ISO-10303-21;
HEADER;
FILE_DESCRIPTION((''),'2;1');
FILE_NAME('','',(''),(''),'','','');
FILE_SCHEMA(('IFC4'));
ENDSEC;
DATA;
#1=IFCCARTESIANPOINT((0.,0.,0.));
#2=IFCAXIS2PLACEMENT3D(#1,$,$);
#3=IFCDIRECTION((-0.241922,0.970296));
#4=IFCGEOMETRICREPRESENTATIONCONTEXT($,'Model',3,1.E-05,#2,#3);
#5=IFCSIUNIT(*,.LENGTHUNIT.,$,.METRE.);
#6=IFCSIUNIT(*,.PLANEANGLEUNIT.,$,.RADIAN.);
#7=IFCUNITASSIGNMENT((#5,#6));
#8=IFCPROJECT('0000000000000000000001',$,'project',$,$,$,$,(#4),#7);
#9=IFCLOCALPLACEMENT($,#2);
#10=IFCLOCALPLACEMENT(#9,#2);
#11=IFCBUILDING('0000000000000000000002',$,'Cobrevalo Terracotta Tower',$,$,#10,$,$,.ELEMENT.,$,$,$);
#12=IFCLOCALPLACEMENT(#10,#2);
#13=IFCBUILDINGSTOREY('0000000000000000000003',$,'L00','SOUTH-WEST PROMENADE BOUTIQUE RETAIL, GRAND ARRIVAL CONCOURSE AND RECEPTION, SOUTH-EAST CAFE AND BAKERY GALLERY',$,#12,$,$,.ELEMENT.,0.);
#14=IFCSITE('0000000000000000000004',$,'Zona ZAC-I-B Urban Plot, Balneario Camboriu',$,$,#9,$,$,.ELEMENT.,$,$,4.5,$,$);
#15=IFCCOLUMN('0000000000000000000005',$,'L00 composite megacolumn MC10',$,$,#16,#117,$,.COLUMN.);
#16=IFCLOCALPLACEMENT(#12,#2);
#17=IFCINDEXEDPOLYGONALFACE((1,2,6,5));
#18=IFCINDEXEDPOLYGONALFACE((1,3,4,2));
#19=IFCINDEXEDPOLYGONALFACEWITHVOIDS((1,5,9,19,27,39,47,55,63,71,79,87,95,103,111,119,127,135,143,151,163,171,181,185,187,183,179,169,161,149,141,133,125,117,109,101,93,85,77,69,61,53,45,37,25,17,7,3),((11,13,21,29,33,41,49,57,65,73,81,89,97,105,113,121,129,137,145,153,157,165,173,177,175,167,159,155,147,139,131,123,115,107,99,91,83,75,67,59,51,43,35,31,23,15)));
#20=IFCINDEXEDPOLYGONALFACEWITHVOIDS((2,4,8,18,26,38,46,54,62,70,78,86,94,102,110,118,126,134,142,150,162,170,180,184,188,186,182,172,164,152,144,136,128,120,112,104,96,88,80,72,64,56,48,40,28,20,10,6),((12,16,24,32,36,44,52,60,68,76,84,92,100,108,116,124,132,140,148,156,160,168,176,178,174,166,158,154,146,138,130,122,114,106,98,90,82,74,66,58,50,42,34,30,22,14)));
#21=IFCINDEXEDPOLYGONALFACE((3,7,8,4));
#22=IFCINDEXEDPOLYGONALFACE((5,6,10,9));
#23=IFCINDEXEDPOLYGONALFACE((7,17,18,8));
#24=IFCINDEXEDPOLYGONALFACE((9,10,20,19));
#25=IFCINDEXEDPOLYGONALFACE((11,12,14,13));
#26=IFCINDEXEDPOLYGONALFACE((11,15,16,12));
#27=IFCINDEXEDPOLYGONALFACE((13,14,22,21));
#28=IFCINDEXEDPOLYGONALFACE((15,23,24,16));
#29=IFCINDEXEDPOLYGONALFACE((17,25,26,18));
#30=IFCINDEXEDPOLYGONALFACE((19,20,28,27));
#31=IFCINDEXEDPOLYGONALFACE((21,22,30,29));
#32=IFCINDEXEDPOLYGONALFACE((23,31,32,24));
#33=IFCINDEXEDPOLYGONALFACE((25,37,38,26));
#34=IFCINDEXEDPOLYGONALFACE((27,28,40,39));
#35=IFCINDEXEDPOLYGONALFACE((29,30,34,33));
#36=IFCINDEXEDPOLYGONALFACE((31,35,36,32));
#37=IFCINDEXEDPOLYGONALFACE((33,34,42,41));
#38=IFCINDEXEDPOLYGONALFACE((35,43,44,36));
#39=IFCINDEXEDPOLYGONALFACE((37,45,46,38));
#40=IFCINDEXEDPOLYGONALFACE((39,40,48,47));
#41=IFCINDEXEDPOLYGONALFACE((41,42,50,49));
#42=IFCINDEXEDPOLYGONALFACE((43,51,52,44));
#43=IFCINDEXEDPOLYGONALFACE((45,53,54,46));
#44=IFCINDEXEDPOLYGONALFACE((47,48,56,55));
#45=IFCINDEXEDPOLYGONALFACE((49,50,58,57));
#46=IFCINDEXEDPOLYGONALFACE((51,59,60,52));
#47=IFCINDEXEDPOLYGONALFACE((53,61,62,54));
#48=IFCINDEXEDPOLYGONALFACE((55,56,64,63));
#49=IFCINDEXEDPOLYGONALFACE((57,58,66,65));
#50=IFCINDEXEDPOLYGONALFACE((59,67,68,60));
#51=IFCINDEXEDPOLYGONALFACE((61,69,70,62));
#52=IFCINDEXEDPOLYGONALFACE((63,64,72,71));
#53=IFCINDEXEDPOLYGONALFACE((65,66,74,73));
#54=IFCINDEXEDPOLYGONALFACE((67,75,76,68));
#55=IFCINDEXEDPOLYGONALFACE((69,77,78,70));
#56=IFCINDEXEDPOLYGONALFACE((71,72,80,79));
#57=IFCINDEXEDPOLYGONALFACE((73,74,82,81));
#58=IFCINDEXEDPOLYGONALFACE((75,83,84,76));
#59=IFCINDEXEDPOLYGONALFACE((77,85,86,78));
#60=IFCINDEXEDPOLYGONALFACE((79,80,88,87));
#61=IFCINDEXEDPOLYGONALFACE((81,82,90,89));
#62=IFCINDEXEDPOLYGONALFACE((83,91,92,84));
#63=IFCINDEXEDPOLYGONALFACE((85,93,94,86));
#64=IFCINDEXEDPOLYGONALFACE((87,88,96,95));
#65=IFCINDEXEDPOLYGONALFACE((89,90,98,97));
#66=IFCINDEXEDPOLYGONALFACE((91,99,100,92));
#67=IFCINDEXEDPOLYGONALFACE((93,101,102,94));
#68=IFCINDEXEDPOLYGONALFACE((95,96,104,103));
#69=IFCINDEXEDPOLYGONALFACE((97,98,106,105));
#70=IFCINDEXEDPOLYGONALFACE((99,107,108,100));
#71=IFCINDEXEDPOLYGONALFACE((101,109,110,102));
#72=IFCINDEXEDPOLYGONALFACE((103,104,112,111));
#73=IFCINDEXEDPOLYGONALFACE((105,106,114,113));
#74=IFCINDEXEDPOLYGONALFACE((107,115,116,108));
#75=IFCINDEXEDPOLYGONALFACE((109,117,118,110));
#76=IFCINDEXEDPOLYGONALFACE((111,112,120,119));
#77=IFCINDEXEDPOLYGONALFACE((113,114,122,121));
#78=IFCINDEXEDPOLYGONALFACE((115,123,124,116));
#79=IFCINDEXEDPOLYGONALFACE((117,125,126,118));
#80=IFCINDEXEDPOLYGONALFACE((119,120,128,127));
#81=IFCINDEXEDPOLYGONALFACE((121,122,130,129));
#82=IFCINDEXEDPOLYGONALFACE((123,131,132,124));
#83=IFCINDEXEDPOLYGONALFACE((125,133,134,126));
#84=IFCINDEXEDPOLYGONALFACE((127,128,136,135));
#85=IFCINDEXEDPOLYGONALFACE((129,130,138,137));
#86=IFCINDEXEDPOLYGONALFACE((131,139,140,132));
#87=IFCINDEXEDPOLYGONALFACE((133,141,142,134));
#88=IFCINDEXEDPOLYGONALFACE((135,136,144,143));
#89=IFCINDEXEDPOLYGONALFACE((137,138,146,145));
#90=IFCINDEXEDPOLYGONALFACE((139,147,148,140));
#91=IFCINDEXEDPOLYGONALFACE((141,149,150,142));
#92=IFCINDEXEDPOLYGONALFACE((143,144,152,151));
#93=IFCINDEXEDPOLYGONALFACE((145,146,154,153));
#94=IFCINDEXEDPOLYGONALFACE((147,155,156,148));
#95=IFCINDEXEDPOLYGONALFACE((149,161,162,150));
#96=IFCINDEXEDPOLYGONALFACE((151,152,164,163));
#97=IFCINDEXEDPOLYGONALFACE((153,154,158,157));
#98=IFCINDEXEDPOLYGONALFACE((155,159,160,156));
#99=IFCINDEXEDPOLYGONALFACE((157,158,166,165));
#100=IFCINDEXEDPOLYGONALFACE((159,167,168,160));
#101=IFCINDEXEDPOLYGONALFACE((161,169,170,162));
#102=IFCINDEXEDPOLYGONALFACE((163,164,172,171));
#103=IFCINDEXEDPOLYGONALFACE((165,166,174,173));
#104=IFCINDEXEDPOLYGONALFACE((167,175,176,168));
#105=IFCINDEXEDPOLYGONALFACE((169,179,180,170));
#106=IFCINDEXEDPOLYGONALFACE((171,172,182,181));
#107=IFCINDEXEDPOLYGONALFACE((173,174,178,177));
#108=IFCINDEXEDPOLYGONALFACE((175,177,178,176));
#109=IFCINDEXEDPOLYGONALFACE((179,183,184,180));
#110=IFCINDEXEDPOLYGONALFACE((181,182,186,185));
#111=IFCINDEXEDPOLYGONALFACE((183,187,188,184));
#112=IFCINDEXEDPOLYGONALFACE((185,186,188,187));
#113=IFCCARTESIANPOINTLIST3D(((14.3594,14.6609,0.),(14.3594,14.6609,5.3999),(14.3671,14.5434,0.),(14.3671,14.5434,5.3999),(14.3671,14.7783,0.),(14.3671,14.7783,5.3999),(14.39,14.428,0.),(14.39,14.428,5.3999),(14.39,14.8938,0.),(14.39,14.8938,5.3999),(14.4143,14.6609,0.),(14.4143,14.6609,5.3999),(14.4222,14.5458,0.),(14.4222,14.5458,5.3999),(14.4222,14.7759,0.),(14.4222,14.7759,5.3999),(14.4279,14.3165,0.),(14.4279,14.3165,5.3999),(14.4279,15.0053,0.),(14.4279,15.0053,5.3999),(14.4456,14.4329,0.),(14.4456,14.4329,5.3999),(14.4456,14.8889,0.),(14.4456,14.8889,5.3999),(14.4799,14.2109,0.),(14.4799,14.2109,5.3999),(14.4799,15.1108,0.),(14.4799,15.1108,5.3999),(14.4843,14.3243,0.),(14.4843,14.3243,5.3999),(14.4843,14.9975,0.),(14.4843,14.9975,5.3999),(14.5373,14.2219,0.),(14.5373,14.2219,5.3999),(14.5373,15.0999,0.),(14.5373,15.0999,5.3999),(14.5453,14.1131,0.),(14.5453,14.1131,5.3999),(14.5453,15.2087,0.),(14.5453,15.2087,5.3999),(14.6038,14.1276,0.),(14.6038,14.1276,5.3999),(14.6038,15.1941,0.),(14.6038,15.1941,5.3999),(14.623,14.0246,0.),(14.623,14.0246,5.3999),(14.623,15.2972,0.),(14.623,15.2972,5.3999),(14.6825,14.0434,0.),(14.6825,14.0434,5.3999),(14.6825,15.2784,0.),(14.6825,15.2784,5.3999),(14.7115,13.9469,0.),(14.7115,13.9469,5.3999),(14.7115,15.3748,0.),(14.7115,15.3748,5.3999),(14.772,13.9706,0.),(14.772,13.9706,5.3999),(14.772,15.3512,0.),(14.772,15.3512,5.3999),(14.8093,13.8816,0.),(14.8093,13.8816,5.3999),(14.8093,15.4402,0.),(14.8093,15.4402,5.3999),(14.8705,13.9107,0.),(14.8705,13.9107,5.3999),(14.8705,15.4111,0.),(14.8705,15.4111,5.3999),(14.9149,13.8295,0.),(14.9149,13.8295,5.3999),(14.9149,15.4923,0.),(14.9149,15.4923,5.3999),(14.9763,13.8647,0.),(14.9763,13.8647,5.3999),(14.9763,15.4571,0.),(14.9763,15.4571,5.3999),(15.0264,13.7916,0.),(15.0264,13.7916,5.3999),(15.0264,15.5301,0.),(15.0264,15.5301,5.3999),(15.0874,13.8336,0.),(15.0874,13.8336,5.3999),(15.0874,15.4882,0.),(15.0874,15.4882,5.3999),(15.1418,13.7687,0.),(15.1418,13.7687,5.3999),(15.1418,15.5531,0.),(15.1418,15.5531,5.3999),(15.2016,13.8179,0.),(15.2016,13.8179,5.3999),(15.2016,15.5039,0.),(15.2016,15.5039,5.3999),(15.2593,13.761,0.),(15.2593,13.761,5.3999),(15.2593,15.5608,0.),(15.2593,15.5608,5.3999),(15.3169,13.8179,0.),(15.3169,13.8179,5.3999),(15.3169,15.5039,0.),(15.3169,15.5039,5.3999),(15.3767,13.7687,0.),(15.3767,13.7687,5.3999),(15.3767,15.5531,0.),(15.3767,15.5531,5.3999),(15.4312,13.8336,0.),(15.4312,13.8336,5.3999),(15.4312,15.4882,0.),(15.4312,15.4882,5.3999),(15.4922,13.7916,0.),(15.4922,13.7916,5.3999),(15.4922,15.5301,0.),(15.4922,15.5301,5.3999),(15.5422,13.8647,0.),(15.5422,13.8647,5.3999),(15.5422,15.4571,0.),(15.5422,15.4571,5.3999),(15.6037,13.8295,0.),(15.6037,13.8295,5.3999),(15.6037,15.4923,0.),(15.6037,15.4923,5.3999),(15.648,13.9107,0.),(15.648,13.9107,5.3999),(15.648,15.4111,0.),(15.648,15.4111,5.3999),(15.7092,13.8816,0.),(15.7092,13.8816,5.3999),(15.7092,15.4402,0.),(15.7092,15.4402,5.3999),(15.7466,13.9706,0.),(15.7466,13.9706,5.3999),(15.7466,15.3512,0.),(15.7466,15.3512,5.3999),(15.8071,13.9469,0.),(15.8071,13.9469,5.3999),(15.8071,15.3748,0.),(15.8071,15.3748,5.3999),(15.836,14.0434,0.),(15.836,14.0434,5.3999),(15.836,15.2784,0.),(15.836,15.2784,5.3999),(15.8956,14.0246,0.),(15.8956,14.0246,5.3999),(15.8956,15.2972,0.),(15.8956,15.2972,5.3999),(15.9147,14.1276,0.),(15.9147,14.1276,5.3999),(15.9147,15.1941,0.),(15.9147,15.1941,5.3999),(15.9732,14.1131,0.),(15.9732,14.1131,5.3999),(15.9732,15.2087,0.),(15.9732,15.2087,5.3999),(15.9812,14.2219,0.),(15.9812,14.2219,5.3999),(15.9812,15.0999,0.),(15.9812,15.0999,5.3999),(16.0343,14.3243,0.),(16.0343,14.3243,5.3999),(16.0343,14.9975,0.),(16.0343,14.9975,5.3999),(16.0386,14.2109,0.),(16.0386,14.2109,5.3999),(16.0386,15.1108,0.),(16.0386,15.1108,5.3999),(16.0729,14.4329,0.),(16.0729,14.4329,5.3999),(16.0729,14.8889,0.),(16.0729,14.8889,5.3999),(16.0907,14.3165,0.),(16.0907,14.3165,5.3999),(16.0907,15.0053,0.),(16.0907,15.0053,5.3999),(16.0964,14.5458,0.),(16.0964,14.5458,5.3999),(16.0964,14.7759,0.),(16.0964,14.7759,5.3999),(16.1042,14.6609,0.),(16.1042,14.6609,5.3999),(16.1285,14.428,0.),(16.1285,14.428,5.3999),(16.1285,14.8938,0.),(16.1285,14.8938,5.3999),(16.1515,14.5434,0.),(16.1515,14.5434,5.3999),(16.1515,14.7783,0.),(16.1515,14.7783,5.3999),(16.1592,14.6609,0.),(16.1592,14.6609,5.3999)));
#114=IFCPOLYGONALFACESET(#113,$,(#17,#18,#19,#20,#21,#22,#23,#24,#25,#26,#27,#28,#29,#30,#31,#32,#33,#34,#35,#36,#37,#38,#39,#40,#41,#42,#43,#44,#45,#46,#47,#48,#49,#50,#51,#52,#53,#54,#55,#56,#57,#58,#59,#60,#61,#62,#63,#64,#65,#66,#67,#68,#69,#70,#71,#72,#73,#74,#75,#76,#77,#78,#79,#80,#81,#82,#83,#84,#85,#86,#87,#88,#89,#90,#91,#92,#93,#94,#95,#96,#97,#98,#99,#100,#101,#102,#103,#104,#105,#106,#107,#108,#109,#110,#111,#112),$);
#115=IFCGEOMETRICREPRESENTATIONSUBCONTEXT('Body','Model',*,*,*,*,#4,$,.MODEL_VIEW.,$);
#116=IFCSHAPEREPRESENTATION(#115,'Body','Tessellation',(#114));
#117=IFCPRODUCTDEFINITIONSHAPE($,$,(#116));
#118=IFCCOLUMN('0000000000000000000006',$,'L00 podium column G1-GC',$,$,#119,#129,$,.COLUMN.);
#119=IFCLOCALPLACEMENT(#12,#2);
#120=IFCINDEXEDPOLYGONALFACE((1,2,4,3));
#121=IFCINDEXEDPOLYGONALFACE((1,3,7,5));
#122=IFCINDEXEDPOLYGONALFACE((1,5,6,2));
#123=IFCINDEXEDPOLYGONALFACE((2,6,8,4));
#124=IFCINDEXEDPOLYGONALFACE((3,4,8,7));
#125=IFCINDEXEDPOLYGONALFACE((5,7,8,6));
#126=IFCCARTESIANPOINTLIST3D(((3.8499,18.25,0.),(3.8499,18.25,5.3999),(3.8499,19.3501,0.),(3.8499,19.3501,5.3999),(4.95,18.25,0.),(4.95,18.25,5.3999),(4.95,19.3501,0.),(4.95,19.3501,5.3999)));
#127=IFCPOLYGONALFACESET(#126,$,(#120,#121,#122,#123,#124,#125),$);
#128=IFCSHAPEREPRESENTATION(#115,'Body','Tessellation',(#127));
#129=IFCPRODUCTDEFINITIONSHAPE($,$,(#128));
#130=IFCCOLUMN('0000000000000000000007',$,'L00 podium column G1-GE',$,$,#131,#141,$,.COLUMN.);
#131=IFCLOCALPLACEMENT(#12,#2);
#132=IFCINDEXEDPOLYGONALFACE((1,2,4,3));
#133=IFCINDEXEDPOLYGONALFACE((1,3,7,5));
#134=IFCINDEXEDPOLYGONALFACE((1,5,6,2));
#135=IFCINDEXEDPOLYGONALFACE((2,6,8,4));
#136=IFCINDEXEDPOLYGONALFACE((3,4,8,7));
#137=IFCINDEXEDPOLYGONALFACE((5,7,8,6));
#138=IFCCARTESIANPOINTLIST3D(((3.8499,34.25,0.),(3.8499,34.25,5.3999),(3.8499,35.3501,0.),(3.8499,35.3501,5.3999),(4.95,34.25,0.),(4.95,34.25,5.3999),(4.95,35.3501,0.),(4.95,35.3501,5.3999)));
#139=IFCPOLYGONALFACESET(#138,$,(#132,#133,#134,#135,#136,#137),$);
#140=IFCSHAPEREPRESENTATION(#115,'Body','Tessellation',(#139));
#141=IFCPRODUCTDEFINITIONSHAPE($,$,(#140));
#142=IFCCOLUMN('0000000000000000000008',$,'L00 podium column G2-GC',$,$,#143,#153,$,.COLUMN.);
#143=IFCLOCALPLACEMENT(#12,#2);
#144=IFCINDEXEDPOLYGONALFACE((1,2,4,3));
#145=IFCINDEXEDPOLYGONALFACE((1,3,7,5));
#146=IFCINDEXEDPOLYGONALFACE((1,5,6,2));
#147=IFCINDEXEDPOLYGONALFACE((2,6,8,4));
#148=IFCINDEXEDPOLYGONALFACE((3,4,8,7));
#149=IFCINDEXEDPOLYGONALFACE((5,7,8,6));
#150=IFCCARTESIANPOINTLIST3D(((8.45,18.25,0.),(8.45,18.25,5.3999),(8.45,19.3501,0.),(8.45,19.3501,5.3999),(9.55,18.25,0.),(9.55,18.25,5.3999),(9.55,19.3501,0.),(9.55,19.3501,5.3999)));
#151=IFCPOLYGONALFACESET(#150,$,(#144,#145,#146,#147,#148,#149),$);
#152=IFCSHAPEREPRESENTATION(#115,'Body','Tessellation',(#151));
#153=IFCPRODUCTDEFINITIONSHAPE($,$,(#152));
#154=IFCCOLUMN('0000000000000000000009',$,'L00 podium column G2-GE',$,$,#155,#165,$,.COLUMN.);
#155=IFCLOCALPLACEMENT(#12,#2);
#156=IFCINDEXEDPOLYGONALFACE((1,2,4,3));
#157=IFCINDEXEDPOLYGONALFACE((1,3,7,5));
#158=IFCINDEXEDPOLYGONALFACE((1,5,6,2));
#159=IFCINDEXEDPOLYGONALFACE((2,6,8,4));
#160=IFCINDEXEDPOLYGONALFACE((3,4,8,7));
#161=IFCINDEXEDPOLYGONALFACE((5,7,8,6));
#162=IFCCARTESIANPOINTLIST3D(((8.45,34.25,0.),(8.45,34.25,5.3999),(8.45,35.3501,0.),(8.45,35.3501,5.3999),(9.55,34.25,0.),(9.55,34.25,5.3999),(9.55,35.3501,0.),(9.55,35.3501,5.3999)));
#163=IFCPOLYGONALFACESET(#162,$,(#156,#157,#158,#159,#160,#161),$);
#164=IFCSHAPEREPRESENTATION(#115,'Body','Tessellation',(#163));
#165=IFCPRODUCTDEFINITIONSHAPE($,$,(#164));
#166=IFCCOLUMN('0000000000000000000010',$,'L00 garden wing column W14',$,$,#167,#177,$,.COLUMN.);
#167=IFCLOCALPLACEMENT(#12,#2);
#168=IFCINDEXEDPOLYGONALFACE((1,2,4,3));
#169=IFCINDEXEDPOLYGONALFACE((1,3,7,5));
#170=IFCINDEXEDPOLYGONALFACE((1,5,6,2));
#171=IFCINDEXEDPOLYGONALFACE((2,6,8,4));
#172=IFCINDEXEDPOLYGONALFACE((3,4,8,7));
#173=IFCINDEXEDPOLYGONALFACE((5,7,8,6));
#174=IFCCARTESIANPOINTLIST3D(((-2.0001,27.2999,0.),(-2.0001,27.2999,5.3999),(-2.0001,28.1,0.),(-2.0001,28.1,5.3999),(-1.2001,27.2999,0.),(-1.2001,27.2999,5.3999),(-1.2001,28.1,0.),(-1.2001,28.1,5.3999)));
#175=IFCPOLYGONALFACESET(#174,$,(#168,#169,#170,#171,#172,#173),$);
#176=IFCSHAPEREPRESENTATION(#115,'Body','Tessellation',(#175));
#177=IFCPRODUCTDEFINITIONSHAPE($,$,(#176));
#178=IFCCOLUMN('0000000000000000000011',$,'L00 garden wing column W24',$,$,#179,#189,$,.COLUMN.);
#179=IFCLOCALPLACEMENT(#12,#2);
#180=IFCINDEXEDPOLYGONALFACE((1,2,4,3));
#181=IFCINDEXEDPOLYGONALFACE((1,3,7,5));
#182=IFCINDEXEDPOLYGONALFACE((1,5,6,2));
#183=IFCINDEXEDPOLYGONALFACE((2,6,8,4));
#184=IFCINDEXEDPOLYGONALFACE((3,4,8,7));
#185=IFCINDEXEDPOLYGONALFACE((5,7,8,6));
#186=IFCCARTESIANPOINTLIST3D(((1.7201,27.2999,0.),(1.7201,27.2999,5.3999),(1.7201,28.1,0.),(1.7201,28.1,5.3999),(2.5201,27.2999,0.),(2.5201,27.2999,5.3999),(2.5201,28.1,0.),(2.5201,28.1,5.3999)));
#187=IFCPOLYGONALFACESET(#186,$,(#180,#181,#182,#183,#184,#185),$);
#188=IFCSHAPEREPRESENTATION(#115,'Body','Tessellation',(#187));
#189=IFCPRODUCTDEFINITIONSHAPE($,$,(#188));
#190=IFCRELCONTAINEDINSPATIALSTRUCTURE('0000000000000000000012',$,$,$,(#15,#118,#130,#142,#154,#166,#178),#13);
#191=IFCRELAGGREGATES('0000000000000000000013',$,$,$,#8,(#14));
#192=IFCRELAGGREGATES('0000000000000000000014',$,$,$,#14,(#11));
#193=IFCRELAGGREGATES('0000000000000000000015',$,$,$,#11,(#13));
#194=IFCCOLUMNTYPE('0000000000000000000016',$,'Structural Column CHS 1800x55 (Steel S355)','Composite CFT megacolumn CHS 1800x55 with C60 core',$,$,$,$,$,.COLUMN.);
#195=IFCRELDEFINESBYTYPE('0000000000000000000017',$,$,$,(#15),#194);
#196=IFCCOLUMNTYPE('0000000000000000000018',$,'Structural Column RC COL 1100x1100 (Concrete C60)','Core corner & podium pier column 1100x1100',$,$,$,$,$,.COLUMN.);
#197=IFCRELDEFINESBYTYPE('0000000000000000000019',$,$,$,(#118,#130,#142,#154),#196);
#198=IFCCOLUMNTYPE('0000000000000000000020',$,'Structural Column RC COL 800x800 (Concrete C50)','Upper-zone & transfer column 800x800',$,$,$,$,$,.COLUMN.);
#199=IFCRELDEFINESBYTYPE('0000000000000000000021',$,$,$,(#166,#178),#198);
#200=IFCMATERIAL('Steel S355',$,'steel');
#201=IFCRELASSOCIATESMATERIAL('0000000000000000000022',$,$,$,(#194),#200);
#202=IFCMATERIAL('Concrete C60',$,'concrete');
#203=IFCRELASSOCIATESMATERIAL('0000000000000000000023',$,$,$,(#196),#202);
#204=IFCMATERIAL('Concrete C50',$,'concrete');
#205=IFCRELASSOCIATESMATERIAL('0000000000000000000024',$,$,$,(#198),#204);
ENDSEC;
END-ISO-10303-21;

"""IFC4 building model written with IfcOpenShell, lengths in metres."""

from ifc_helpers import new_model, si_unit, direction, frame, origin, origin_2d, place, context, subcontext, project, spatial, rectangle, hollow_circle, extrude, material, material_profile, profile_set, type_object, element, save


model = new_model("IFC4")

# Units and contexts
model_context = context("Model", 3, precision=1e-05, world=origin(), true_north=direction((-0.241922, 0.970296)))
body_context = subcontext(model_context, "Body", "Model", "MODEL_VIEW")
ifc_project = project(units=[si_unit("LENGTHUNIT", "METRE"), si_unit("PLANEANGLEUNIT", "RADIAN")], contexts=[model_context])

# Site, building, storey
site_placement = place(None, origin())
site = spatial("IfcSite", under=ifc_project, at=site_placement, Name="Zona ZAC-I-B Urban Plot, Balneario Camboriu", CompositionType="ELEMENT", RefElevation=4.5)
building_placement = place(site_placement, origin())
building = spatial("IfcBuilding", under=site, at=building_placement, Name="Cobrevalo Terracotta Tower", CompositionType="ELEMENT")
storey_placement = place(building_placement, origin())
storey = spatial("IfcBuildingStorey", under=building, at=storey_placement, Name="L00", Description="SOUTH-WEST PROMENADE BOUTIQUE RETAIL, GRAND ARRIVAL CONCOURSE AND RECEPTION, SOUTH-EAST CAFE AND BAKERY GALLERY", CompositionType="ELEMENT", Elevation=0.0)

# Columns
ifc_material_1 = material(Name="Steel S355", Category="steel")
ifc_material_profile_1 = material_profile(ifc_material_1, hollow_circle(Radius=0.8999, WallThickness=0.0549, at=origin_2d()), Name="CHS 1800x55")
ifc_profile_set_1 = profile_set([ifc_material_profile_1], Name="Steel S355")
column_type_1 = type_object("IfcColumnType", Name="Structural Column CHS 1800x55 (Steel S355)", Description="Composite CFT megacolumn CHS 1800x55 with C60 core", PredefinedType="COLUMN", material=ifc_profile_set_1)
for number, where, z_axis, x_axis, name in (
    (1, (15.2593, 14.6609, 0.0), (0.0, 0.0, 1.0), (1.0, 0.0, 0.0), "L00 composite megacolumn MC10"),
):
    element("IfcColumn", number, at=place(storey_placement, frame(where, z_axis=z_axis, x_axis=x_axis)), inside=storey, type_object=column_type_1, Name=name, PredefinedType="COLUMN", context=body_context, shape_type="SweptSolid", body=[
        extrude(hollow_circle(Radius=0.8999, WallThickness=0.0549, at=origin_2d()), origin(), (0.0, 0.0, 1.0), 5.3999),
    ])
ifc_material_2 = material(Name="Concrete C60", Category="concrete")
ifc_material_profile_2 = material_profile(ifc_material_2, rectangle(XDim=1.1001, YDim=1.1001, at=origin_2d()), Name="RC COL 1100x1100")
ifc_profile_set_2 = profile_set([ifc_material_profile_2], Name="Concrete C60")
column_type_2 = type_object("IfcColumnType", Name="Structural Column RC COL 1100x1100 (Concrete C60)", Description="Core corner & podium pier column 1100x1100", PredefinedType="COLUMN", material=ifc_profile_set_2)
for number, where, z_axis, x_axis, name in (
    (2, (4.3999, 18.8, 0.0), (0.0, 0.0, 1.0), (1.0, 0.0, 0.0), "L00 podium column G1-GC"),
    (3, (4.3999, 34.8, 0.0), (0.0, 0.0, 1.0), (1.0, 0.0, 0.0), "L00 podium column G1-GE"),
    (4, (9.0, 18.8, 0.0), (0.0, 0.0, 1.0), (1.0, 0.0, 0.0), "L00 podium column G2-GC"),
    (5, (9.0, 34.8, 0.0), (0.0, 0.0, 1.0), (1.0, 0.0, 0.0), "L00 podium column G2-GE"),
):
    element("IfcColumn", number, at=place(storey_placement, frame(where, z_axis=z_axis, x_axis=x_axis)), inside=storey, type_object=column_type_2, Name=name, PredefinedType="COLUMN", context=body_context, shape_type="SweptSolid", body=[
        extrude(rectangle(XDim=1.1001, YDim=1.1001, at=origin_2d()), origin(), (0.0, 0.0, 1.0), 5.3999),
    ])
ifc_material_3 = material(Name="Concrete C50", Category="concrete")
ifc_material_profile_3 = material_profile(ifc_material_3, rectangle(XDim=0.8, YDim=0.8, at=origin_2d()), Name="RC COL 800x800")
ifc_profile_set_3 = profile_set([ifc_material_profile_3], Name="Concrete C50")
column_type_3 = type_object("IfcColumnType", Name="Structural Column RC COL 800x800 (Concrete C50)", Description="Upper-zone & transfer column 800x800", PredefinedType="COLUMN", material=ifc_profile_set_3)
for number, where, z_axis, x_axis, name in (
    (6, (-1.6001, 27.7, 0.0), (0.0, 0.0, 1.0), (1.0, 0.0, 0.0), "L00 garden wing column W14"),
    (7, (2.1201, 27.7, 0.0), (0.0, 0.0, 1.0), (1.0, 0.0, 0.0), "L00 garden wing column W24"),
):
    element("IfcColumn", number, at=place(storey_placement, frame(where, z_axis=z_axis, x_axis=x_axis)), inside=storey, type_object=column_type_3, Name=name, PredefinedType="COLUMN", context=body_context, shape_type="SweptSolid", body=[
        extrude(rectangle(XDim=0.8, YDim=0.8, at=origin_2d()), origin(), (0.0, 0.0, 1.0), 5.3999),
    ])

save(model, "model.ifc")
